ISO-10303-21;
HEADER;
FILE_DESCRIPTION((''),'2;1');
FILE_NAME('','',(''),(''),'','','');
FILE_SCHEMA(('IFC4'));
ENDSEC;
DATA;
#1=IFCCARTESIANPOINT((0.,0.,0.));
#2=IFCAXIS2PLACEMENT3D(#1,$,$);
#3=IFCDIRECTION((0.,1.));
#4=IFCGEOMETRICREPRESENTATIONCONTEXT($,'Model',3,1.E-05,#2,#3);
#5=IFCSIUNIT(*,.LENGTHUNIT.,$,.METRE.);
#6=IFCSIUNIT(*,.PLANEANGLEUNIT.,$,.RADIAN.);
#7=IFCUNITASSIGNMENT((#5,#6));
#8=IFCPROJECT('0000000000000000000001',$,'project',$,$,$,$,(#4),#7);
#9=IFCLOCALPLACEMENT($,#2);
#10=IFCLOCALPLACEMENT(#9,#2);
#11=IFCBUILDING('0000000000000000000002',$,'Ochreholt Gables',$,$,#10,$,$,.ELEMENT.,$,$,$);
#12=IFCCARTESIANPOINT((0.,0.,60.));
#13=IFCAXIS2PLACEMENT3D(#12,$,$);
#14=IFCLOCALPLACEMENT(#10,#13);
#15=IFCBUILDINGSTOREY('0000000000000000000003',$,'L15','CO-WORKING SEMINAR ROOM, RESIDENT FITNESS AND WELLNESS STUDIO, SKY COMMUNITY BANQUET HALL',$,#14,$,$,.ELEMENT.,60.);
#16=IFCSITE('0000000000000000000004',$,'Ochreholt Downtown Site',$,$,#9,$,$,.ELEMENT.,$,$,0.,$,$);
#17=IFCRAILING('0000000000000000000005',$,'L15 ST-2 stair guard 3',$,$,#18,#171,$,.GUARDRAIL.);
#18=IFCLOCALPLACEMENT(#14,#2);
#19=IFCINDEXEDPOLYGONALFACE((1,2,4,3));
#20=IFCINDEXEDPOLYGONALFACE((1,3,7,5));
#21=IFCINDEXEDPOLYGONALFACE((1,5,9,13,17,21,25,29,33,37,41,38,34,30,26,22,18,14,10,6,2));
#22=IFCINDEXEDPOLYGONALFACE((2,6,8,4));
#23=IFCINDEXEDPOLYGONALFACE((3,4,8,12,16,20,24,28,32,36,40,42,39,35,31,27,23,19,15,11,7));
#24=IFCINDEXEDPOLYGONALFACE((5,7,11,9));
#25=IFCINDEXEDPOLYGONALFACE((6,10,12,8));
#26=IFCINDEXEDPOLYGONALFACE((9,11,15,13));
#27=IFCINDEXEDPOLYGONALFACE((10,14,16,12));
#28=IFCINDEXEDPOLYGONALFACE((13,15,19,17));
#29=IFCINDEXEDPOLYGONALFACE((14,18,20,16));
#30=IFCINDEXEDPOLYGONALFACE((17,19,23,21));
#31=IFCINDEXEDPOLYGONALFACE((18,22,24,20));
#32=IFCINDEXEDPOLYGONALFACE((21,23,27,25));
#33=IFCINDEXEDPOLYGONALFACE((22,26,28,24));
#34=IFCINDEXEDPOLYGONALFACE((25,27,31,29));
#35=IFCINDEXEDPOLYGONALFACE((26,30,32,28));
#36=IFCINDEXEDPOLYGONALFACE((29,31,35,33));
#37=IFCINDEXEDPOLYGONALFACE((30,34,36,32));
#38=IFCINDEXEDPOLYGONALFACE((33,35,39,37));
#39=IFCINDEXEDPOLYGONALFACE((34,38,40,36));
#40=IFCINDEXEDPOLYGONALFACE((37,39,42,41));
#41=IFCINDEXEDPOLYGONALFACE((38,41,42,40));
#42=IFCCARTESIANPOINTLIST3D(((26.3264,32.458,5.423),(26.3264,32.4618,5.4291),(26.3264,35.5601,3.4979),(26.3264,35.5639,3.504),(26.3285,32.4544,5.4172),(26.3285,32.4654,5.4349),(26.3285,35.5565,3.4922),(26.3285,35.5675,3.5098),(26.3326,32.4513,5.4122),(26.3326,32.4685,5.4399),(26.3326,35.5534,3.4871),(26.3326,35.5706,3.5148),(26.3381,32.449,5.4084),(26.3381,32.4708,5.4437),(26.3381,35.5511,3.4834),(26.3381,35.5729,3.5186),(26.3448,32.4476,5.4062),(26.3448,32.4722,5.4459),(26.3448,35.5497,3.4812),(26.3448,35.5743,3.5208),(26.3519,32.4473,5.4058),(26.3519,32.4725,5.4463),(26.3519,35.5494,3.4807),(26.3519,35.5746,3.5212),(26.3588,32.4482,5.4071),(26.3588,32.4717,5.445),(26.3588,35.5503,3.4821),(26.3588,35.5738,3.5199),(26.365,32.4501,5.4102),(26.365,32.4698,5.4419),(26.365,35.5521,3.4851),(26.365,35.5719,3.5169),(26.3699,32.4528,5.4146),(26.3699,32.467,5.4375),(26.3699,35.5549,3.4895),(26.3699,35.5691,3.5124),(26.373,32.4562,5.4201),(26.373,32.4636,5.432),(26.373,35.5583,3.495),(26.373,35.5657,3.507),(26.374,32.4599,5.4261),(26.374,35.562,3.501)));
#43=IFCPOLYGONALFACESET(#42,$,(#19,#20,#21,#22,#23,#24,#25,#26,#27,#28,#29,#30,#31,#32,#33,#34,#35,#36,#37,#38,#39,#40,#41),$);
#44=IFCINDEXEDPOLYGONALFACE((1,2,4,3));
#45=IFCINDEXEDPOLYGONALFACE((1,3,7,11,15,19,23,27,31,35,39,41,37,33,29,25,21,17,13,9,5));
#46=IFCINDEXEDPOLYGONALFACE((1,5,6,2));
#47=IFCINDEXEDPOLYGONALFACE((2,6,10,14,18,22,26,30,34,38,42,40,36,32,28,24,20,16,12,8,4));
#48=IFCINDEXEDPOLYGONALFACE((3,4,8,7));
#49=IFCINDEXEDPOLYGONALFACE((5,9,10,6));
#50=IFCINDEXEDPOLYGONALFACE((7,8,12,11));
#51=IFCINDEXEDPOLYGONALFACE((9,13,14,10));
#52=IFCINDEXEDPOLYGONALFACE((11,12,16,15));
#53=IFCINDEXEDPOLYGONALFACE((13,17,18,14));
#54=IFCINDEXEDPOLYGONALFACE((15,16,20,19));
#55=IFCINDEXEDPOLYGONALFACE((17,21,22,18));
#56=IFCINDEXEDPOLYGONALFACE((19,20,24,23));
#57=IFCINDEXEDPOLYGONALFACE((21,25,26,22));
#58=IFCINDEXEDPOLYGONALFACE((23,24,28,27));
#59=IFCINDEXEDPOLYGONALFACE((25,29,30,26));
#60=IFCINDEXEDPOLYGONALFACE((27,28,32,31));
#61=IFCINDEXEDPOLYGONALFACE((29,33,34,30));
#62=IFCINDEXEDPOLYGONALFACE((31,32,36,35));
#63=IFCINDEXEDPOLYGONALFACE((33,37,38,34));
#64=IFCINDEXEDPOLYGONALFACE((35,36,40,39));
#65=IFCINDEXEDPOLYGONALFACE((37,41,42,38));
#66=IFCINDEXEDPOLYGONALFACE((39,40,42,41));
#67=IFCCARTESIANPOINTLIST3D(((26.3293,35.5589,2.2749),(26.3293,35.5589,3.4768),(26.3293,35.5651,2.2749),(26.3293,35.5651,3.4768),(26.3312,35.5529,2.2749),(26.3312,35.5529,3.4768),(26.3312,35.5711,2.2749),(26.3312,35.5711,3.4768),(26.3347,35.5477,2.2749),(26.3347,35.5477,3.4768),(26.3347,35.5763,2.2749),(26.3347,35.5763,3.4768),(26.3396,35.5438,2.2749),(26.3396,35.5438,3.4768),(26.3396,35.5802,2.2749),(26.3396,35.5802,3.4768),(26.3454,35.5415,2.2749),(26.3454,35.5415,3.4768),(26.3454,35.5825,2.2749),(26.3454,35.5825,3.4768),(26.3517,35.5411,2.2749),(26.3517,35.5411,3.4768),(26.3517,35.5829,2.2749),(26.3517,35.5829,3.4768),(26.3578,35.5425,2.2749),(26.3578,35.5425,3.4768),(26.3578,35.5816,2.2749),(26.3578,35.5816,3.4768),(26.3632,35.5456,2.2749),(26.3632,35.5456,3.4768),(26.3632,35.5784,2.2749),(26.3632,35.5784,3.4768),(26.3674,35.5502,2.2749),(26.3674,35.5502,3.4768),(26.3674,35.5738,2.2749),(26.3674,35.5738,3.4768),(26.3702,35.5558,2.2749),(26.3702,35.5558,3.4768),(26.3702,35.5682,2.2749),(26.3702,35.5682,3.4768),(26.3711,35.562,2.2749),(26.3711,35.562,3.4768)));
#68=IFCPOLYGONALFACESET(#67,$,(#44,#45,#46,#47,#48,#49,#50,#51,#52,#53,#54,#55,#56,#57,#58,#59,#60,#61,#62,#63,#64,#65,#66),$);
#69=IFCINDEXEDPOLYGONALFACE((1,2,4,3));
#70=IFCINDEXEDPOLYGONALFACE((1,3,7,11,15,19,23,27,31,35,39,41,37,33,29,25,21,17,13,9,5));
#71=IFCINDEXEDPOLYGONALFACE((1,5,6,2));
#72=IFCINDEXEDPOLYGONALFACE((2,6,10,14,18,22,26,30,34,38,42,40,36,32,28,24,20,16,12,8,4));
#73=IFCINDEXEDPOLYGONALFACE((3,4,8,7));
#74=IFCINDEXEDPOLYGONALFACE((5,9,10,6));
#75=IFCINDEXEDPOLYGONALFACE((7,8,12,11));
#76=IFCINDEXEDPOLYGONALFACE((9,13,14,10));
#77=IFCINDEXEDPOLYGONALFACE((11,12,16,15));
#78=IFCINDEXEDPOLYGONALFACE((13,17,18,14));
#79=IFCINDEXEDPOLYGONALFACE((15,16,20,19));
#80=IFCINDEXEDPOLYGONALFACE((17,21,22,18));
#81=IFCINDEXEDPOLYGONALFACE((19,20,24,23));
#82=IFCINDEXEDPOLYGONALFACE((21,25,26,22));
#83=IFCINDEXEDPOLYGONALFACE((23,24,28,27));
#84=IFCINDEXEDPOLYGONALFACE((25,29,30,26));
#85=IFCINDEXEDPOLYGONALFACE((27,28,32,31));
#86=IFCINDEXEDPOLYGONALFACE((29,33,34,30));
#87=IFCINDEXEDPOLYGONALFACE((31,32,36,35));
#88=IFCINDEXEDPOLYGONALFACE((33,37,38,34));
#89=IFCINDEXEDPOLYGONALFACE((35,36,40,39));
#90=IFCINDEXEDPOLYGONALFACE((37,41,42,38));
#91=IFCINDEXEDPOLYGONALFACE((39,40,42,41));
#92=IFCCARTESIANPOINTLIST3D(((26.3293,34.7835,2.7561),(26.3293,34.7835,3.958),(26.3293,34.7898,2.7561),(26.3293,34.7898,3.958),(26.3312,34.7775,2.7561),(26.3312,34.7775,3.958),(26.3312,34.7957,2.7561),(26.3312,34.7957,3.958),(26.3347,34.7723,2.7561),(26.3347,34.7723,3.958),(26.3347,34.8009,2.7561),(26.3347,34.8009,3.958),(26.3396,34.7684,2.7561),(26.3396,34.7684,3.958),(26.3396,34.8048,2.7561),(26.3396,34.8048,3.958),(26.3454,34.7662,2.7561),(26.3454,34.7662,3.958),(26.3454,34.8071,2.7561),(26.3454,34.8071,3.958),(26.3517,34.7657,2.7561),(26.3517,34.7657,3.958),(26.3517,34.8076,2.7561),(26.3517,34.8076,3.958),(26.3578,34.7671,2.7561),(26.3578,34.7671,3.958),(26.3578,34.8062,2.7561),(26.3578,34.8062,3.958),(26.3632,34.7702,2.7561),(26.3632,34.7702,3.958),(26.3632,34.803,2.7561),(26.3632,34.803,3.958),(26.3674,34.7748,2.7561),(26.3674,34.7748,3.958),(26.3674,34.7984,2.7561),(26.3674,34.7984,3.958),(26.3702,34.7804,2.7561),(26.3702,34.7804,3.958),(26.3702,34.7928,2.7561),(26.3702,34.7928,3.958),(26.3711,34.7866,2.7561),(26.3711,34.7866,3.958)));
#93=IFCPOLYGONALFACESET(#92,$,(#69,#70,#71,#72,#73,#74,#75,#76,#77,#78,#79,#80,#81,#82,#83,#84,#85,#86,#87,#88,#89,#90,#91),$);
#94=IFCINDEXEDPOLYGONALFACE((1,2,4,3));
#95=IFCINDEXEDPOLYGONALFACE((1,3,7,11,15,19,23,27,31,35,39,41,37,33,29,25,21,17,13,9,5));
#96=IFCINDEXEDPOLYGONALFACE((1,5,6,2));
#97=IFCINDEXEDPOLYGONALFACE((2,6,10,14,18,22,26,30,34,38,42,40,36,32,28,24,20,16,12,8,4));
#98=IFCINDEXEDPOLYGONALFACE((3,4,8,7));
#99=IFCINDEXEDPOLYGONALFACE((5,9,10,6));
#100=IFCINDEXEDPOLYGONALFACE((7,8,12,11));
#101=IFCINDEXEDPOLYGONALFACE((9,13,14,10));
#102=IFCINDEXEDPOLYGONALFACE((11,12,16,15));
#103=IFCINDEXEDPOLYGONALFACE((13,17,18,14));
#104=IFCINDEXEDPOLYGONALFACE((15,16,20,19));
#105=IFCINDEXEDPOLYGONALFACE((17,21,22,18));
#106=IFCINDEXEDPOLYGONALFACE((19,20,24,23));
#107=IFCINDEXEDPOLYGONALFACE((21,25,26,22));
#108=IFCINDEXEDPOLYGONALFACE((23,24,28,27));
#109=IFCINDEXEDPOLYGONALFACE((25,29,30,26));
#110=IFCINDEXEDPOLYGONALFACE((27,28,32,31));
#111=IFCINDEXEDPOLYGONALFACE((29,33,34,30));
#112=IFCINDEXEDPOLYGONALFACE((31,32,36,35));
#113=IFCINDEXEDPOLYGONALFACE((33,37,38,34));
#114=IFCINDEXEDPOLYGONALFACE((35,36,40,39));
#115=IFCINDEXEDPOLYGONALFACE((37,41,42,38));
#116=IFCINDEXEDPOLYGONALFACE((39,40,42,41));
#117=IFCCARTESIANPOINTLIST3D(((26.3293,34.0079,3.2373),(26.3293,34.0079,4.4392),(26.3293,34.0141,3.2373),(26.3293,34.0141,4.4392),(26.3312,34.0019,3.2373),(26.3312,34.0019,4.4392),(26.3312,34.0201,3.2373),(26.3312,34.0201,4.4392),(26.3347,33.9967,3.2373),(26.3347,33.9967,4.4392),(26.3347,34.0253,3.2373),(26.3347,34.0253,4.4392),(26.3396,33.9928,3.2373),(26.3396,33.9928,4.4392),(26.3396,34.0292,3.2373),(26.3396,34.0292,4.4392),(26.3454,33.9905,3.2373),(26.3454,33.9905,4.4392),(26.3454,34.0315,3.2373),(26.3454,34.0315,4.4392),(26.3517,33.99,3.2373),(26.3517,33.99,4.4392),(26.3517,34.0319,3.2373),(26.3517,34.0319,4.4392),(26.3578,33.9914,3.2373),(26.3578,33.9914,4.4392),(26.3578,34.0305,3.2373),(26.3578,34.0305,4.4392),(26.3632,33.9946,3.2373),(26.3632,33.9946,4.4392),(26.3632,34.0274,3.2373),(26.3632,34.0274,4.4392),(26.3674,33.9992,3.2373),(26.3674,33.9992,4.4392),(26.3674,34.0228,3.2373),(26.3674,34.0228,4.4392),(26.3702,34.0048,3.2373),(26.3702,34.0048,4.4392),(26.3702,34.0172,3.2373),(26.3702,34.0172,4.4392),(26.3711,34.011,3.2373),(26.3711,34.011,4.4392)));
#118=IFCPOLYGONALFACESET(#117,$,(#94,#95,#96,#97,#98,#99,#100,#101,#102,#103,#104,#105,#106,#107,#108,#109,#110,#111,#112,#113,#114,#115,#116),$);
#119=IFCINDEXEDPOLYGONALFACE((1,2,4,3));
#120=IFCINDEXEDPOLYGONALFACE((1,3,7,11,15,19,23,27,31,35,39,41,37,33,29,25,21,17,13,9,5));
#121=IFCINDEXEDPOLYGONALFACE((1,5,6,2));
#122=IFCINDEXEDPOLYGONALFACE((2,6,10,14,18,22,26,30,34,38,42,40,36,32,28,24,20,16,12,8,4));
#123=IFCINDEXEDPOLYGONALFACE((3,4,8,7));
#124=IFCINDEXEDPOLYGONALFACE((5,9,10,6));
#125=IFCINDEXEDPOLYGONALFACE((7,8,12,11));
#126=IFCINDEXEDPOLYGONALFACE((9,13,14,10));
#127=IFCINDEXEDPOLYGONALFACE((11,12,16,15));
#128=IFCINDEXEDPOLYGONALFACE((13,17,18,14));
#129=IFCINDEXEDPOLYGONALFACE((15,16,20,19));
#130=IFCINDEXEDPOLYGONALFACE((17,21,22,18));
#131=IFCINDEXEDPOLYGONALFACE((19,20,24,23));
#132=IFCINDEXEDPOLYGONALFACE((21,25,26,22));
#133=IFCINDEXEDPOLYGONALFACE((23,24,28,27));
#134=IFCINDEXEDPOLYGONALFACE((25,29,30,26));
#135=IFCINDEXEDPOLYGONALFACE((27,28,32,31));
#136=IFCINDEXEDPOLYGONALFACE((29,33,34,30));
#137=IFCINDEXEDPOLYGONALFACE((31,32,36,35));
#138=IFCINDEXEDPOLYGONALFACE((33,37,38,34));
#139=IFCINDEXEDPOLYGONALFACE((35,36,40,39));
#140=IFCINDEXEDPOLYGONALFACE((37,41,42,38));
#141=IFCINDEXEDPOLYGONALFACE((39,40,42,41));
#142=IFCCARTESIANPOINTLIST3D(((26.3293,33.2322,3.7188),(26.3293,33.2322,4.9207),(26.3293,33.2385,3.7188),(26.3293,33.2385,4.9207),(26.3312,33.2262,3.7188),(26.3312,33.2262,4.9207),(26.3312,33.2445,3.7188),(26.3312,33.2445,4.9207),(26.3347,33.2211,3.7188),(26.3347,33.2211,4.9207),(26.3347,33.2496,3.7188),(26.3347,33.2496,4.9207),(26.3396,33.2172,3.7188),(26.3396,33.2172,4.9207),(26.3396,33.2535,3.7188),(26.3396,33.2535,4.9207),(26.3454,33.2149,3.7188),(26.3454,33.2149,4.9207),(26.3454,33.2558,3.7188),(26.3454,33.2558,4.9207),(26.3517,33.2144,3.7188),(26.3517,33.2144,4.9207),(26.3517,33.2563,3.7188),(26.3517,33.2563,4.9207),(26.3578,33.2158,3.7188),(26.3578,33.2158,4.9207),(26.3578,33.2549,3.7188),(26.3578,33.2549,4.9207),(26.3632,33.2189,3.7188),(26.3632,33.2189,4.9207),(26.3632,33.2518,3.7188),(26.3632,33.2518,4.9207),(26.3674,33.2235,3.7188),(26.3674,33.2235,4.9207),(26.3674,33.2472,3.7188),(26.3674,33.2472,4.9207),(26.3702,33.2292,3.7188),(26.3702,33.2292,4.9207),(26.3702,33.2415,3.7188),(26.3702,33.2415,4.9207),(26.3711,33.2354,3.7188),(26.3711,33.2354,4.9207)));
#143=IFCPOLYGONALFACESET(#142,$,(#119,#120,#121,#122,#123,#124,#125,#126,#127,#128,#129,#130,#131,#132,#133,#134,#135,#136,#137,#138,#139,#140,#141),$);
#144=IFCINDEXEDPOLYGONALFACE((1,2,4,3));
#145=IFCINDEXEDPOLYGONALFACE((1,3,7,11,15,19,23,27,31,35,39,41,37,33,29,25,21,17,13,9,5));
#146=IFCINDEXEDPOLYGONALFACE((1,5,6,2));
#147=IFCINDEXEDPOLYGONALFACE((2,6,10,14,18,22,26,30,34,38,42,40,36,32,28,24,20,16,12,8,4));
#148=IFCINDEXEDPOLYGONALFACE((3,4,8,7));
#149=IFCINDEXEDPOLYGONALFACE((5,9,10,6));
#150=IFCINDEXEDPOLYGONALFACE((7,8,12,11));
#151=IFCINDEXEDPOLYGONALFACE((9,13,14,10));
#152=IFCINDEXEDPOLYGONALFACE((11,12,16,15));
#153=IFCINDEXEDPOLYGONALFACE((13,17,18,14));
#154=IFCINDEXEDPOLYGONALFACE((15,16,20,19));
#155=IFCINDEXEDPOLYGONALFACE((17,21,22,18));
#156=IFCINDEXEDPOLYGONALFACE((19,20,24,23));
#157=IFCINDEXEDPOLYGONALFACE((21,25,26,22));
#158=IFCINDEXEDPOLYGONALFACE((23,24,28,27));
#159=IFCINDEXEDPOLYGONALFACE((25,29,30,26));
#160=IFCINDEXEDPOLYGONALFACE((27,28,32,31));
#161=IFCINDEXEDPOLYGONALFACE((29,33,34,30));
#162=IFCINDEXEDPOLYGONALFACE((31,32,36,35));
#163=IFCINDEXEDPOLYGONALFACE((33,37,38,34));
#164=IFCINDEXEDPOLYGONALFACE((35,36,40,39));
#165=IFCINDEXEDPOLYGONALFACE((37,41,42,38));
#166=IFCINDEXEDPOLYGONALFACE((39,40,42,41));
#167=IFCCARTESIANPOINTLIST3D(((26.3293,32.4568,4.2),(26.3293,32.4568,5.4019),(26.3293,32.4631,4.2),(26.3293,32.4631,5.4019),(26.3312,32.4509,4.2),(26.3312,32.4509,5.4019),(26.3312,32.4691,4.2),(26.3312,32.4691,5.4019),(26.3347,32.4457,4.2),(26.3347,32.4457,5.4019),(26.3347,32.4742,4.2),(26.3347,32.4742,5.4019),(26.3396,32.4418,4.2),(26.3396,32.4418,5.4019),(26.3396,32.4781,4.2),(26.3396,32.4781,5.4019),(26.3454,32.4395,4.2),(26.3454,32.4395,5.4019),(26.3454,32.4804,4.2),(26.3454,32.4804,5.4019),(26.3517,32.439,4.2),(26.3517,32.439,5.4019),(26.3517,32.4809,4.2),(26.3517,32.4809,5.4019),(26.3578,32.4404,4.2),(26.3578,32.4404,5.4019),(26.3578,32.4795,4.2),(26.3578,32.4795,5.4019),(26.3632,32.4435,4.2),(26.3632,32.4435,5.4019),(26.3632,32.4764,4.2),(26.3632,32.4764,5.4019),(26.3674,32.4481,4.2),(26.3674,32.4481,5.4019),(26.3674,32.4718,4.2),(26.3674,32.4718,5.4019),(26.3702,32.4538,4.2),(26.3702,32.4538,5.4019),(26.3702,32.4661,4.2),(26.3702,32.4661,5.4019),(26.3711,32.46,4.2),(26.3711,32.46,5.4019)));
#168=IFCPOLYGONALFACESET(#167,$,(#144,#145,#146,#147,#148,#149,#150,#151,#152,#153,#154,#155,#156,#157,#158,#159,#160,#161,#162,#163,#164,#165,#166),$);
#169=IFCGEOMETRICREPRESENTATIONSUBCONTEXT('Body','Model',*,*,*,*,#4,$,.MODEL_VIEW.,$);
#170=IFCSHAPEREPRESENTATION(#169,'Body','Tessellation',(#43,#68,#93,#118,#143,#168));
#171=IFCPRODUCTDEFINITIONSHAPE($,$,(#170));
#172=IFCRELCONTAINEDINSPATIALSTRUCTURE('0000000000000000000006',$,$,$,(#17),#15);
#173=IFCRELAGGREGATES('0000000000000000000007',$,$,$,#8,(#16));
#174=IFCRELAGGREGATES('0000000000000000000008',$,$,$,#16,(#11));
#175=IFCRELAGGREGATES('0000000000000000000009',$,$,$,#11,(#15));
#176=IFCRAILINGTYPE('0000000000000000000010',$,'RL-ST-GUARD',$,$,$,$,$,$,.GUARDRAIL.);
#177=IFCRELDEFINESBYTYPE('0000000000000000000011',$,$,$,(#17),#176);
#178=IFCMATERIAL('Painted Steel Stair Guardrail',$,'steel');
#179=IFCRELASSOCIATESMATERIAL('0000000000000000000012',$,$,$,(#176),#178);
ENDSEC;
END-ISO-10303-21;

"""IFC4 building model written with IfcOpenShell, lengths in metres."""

from ifc_helpers import new_model, si_unit, direction, frame, origin, origin_2d, place, context, subcontext, project, spatial, circle, extrude, material, type_object, element, save


model = new_model("IFC4")

# Units and contexts
model_context = context("Model", 3, precision=1e-05, world=origin(), true_north=direction((0.0, 1.0)))
body_context = subcontext(model_context, "Body", "Model", "MODEL_VIEW")
ifc_project = project(units=[si_unit("LENGTHUNIT", "METRE"), si_unit("PLANEANGLEUNIT", "RADIAN")], contexts=[model_context])

# Site, building, storey
site_placement = place(None, origin())
site = spatial("IfcSite", under=ifc_project, at=site_placement, Name="Ochreholt Downtown Site", CompositionType="ELEMENT", RefElevation=0.0)
building_placement = place(site_placement, origin())
building = spatial("IfcBuilding", under=site, at=building_placement, Name="Ochreholt Gables", CompositionType="ELEMENT")
storey_placement = place(building_placement, frame((0.0, 0.0, 60.0)))
storey = spatial("IfcBuildingStorey", under=building, at=storey_placement, Name="L15", Description="CO-WORKING SEMINAR ROOM, RESIDENT FITNESS AND WELLNESS STUDIO, SKY COMMUNITY BANQUET HALL", CompositionType="ELEMENT", Elevation=60.0)

# Railing
ifc_material_1 = material(Name="Painted Steel Stair Guardrail", Category="steel")
railing_type_1 = type_object("IfcRailingType", Name="RL-ST-GUARD", PredefinedType="GUARDRAIL", material=ifc_material_1)
railing_1_placement = place(storey_placement, frame((26.3501, 35.562, 2.2749)))
element("IfcRailing", 1, at=railing_1_placement, inside=storey, type_object=railing_type_1, Name="L15 ST-2 stair guard 3", PredefinedType="GUARDRAIL", context=body_context, shape_type="SweptSolid", body=[
    extrude(circle(Radius=0.0239, at=origin_2d()), frame((0.0, 0.0, 1.2261), z_axis=(0.0, -0.849685, 0.527291), x_axis=(1.0, 0.0, 0.0)), (0.0, 0.0, 1.0), 3.6509),
    extrude(circle(Radius=0.021, at=origin_2d()), origin(), (0.0, 0.0, 1.0), 1.2019),
    extrude(circle(Radius=0.021, at=origin_2d()), frame((0.0, -0.7754, 0.4812)), (0.0, 0.0, 1.0), 1.2019),
    extrude(circle(Radius=0.021, at=origin_2d()), frame((0.0, -1.551, 0.9624)), (0.0, 0.0, 1.0), 1.2019),
    extrude(circle(Radius=0.021, at=origin_2d()), frame((0.0, -2.3267, 1.4438)), (0.0, 0.0, 1.0), 1.2019),
    extrude(circle(Radius=0.021, at=origin_2d()), frame((0.0, -3.1021, 1.925)), (0.0, 0.0, 1.0), 1.2019),
])

save(model, "model.ifc")
